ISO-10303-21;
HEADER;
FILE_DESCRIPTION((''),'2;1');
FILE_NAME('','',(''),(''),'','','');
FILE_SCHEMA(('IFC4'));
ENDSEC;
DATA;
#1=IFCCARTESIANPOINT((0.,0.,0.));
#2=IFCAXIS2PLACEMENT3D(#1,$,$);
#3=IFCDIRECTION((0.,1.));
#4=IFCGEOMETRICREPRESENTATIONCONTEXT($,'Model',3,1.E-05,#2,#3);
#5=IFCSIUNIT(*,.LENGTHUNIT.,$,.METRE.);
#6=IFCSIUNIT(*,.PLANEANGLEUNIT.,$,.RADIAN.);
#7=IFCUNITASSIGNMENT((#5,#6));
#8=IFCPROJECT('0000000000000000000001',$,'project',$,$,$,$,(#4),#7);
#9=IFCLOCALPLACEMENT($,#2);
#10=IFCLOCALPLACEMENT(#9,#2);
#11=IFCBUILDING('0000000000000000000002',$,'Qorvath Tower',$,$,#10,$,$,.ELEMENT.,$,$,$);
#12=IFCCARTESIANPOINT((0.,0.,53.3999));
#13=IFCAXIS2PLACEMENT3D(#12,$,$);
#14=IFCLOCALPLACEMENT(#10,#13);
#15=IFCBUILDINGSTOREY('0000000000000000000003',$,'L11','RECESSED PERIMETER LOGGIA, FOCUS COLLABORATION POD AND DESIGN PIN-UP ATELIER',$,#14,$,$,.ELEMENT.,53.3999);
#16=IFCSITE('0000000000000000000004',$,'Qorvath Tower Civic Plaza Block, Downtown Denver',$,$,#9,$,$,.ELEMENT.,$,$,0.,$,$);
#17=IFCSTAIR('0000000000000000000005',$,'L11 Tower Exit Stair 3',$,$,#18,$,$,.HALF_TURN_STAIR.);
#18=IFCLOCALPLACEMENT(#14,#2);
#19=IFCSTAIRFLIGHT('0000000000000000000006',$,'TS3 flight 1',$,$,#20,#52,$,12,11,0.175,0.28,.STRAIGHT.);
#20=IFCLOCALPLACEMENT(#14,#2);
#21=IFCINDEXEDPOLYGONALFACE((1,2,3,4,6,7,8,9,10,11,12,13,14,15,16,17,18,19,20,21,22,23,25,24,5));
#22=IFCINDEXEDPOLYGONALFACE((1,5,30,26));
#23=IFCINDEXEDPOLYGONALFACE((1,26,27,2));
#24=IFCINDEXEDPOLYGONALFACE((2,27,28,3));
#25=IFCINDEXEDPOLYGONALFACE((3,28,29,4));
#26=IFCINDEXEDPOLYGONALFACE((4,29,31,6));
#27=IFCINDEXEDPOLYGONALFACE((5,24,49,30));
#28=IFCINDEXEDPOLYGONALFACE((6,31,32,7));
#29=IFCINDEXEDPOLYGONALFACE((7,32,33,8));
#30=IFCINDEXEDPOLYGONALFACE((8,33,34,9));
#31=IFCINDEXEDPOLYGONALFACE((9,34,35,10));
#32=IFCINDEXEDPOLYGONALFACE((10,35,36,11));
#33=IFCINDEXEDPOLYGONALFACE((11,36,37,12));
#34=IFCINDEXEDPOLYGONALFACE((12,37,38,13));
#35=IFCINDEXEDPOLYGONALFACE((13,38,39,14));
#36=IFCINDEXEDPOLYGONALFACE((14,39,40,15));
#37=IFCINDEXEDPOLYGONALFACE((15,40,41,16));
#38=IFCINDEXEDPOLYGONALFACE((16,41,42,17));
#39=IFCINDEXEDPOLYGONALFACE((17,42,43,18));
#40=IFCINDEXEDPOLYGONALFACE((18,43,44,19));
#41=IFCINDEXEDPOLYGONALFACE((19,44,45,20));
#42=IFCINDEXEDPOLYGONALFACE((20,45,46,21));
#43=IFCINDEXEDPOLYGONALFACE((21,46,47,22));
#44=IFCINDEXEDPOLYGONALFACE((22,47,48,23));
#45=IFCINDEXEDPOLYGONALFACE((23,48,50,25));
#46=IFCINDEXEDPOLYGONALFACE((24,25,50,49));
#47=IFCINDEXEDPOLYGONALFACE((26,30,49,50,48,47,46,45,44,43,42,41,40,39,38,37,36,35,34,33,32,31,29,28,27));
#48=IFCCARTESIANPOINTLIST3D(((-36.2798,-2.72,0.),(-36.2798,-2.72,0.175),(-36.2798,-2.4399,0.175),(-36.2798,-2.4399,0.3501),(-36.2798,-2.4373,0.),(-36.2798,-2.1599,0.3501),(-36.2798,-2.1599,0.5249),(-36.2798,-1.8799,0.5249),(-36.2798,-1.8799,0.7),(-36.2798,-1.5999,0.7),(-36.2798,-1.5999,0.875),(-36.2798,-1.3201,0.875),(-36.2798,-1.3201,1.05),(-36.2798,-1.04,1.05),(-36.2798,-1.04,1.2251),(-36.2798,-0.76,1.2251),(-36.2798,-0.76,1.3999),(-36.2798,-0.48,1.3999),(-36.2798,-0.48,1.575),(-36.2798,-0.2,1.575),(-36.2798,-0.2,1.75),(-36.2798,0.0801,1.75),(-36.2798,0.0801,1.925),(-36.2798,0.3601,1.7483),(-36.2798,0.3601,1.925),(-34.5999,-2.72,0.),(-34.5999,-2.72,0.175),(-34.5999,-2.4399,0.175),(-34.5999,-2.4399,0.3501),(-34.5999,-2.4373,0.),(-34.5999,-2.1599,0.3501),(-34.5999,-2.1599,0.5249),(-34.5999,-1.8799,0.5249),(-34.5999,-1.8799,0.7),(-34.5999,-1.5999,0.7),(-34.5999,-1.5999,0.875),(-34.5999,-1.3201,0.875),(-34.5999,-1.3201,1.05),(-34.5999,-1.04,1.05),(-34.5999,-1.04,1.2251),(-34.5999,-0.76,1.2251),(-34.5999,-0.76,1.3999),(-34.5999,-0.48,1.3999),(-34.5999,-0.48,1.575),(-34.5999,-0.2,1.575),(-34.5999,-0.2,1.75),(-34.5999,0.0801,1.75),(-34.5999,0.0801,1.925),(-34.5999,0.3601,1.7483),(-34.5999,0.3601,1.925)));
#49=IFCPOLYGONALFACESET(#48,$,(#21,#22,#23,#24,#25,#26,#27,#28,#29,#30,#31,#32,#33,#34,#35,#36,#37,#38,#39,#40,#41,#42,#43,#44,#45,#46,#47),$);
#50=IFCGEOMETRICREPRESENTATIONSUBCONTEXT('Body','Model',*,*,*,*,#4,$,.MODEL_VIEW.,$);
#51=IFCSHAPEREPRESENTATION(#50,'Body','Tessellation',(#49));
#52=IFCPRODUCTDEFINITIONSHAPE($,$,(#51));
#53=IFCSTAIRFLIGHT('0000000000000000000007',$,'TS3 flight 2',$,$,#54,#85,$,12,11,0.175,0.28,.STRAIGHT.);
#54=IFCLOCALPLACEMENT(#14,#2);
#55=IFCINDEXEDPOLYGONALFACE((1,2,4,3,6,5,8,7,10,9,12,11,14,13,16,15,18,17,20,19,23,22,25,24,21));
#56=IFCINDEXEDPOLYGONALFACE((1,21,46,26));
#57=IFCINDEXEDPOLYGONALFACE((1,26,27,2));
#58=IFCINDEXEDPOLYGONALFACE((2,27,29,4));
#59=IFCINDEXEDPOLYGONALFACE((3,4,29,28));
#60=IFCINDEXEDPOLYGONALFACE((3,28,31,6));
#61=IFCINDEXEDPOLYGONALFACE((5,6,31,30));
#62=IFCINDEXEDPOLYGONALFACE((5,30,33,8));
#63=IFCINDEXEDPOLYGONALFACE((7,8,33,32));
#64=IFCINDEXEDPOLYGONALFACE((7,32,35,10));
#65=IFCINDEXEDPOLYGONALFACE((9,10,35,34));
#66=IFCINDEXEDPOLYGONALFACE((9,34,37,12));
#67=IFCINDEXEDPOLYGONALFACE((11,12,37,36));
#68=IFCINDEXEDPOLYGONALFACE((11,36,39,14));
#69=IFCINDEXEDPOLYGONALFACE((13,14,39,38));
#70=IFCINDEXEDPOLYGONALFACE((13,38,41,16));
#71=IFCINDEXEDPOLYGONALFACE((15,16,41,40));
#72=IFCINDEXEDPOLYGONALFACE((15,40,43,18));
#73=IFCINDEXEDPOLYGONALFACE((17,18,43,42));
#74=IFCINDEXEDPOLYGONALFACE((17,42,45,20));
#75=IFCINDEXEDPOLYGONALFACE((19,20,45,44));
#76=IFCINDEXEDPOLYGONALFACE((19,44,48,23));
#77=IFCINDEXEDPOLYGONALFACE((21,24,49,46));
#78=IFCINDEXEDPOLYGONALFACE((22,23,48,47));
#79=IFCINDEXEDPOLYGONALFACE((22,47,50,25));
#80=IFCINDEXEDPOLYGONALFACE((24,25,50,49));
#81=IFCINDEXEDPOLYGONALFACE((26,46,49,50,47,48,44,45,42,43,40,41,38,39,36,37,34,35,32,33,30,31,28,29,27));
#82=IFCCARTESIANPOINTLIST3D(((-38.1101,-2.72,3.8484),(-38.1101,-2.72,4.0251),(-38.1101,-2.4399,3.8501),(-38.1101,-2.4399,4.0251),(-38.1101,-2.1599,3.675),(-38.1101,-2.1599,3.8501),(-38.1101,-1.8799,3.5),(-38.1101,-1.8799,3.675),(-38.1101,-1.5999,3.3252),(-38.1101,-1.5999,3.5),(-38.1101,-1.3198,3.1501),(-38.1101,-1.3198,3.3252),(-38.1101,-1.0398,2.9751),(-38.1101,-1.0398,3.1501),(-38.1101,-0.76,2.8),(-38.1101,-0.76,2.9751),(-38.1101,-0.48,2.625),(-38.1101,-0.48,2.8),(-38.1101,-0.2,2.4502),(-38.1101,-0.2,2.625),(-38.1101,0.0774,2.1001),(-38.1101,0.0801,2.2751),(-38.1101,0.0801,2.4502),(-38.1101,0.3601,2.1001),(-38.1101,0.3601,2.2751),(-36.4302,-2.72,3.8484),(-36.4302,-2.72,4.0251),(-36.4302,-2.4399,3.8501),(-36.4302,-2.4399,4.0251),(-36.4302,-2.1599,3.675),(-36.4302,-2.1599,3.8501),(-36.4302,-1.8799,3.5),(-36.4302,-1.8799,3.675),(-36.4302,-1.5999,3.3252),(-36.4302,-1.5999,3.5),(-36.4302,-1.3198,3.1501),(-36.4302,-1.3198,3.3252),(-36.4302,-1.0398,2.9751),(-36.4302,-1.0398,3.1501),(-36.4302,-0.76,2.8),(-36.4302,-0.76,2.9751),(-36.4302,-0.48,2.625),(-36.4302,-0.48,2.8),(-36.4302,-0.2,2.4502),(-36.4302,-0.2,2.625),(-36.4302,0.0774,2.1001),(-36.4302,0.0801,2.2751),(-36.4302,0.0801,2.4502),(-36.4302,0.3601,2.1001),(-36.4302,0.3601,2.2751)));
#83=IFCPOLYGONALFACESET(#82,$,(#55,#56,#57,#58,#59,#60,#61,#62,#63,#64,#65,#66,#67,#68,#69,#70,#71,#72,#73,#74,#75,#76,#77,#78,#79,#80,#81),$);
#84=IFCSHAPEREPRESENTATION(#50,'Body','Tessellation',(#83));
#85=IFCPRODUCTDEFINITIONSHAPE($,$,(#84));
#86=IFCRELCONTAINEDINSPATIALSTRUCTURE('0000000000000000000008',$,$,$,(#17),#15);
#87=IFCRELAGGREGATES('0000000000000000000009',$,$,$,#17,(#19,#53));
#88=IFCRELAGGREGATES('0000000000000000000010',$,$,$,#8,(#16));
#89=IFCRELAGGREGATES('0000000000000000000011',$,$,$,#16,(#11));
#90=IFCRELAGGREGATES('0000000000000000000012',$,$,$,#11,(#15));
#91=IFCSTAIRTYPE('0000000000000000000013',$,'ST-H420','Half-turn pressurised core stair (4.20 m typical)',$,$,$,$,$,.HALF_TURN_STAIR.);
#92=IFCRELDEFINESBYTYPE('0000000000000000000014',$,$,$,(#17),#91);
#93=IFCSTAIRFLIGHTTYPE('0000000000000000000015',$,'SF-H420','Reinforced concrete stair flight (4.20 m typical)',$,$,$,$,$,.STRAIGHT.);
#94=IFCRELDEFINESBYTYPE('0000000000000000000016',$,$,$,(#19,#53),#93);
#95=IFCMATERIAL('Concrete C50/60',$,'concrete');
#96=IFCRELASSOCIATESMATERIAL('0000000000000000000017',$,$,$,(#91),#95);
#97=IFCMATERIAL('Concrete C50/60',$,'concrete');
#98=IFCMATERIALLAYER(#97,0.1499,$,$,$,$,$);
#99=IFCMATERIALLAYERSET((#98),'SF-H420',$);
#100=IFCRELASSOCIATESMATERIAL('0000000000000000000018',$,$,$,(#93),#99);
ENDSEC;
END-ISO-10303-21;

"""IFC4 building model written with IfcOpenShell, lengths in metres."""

from ifc_helpers import new_model, si_unit, direction, frame, origin, place, context, subcontext, project, spatial, polyline, outline, extrude, material, layer, layer_set, type_object, element, aggregate, save


model = new_model("IFC4")

# Units and contexts
model_context = context("Model", 3, precision=1e-05, world=origin(), true_north=direction((0.0, 1.0)))
body_context = subcontext(model_context, "Body", "Model", "MODEL_VIEW")
ifc_project = project(units=[si_unit("LENGTHUNIT", "METRE"), si_unit("PLANEANGLEUNIT", "RADIAN")], contexts=[model_context])

# Site, building, storey
site_placement = place(None, origin())
site = spatial("IfcSite", under=ifc_project, at=site_placement, Name="Qorvath Tower Civic Plaza Block, Downtown Denver", CompositionType="ELEMENT", RefElevation=0.0)
building_placement = place(site_placement, origin())
building = spatial("IfcBuilding", under=site, at=building_placement, Name="Qorvath Tower", CompositionType="ELEMENT")
storey_placement = place(building_placement, frame((0.0, 0.0, 53.3999)))
storey = spatial("IfcBuildingStorey", under=building, at=storey_placement, Name="L11", Description="RECESSED PERIMETER LOGGIA, FOCUS COLLABORATION POD AND DESIGN PIN-UP ATELIER", CompositionType="ELEMENT", Elevation=53.3999)

# Stair, stair flights
ifc_material_1 = material(Name="Concrete C50/60", Category="concrete")
stair_type = type_object("IfcStairType", Name="ST-H420", Description="Half-turn pressurised core stair (4.20 m typical)", PredefinedType="HALF_TURN_STAIR", material=ifc_material_1)
stair_placement = place(storey_placement, origin())
stair = element("IfcStair", 1, at=stair_placement, inside=storey, type_object=stair_type, Name="L11 Tower Exit Stair 3", PredefinedType="HALF_TURN_STAIR")
ifc_material_2 = material(Name="Concrete C50/60", Category="concrete")
ifc_layer_1 = layer(ifc_material_2, 0.1499)
ifc_layer_set_1 = layer_set([ifc_layer_1], Name="SF-H420")
stair_flight_type = type_object("IfcStairFlightType", Name="SF-H420", Description="Reinforced concrete stair flight (4.20 m typical)", PredefinedType="STRAIGHT", material=ifc_layer_set_1)
stair_flight_1_placement = place(storey_placement, frame((-35.4399, -2.72, 0.0), z_axis=(0.0, 0.0, 1.0), x_axis=(0.0, 1.0, 0.0)))
stair_flight_1 = element("IfcStairFlight", 2, at=stair_flight_1_placement, type_object=stair_flight_type, Name="TS3 flight 1", NumberOfRisers=12, NumberOfTreads=11, PredefinedType="STRAIGHT", RiserHeight=0.175, TreadLength=0.28, context=body_context, shape_type="SweptSolid", body=[
    extrude(outline(polyline([(0.0, 0.0), (0.0, 0.175), (0.28, 0.175), (0.28, 0.3501), (0.5601, 0.3501), (0.5601, 0.5249), (0.8401, 0.5249), (0.8401, 0.7), (1.1201, 0.7), (1.1201, 0.875), (1.3999, 0.875), (1.3999, 1.05), (1.6799, 1.05), (1.6799, 1.2251), (1.96, 1.2251), (1.96, 1.3999), (2.24, 1.3999), (2.24, 1.575), (2.52, 1.575), (2.52, 1.75), (2.8, 1.75), (2.8, 1.925), (3.0801, 1.925), (3.0801, 2.1001), (3.0801, 1.7483), (0.2827, 0.0), (0.0, 0.0)])), frame((0.0, 0.8398, 0.0), z_axis=(0.0, -1.0, 0.0), x_axis=(1.0, 0.0, 0.0)), (0.0, 0.0, 1.0), 1.6799),
])
stair_flight_2_placement = place(storey_placement, frame((-37.27, 0.3601, 2.1001), z_axis=(0.0, 0.0, 1.0), x_axis=(0.0, -1.0, 0.0)))
stair_flight_2 = element("IfcStairFlight", 3, at=stair_flight_2_placement, type_object=stair_flight_type, Name="TS3 flight 2", NumberOfRisers=12, NumberOfTreads=11, PredefinedType="STRAIGHT", RiserHeight=0.175, TreadLength=0.28, context=body_context, shape_type="SweptSolid", body=[
    extrude(outline(polyline([(0.0, 0.0), (0.0, 0.175), (0.28, 0.175), (0.28, 0.3501), (0.5601, 0.3501), (0.5601, 0.5249), (0.8401, 0.5249), (0.8401, 0.7), (1.1201, 0.7), (1.1201, 0.875), (1.3999, 0.875), (1.3999, 1.05), (1.6799, 1.05), (1.6799, 1.2251), (1.96, 1.2251), (1.96, 1.3999), (2.24, 1.3999), (2.24, 1.575), (2.52, 1.575), (2.52, 1.75), (2.8, 1.75), (2.8, 1.925), (3.0801, 1.925), (3.0801, 2.1001), (3.0801, 1.7483), (0.2827, 0.0), (0.0, 0.0)])), frame((0.0, 0.8398, 0.0), z_axis=(0.0, -1.0, 0.0), x_axis=(1.0, 0.0, 0.0)), (0.0, 0.0, 1.0), 1.6799),
])
aggregate(stair, [stair_flight_1, stair_flight_2])

save(model, "model.ifc")
